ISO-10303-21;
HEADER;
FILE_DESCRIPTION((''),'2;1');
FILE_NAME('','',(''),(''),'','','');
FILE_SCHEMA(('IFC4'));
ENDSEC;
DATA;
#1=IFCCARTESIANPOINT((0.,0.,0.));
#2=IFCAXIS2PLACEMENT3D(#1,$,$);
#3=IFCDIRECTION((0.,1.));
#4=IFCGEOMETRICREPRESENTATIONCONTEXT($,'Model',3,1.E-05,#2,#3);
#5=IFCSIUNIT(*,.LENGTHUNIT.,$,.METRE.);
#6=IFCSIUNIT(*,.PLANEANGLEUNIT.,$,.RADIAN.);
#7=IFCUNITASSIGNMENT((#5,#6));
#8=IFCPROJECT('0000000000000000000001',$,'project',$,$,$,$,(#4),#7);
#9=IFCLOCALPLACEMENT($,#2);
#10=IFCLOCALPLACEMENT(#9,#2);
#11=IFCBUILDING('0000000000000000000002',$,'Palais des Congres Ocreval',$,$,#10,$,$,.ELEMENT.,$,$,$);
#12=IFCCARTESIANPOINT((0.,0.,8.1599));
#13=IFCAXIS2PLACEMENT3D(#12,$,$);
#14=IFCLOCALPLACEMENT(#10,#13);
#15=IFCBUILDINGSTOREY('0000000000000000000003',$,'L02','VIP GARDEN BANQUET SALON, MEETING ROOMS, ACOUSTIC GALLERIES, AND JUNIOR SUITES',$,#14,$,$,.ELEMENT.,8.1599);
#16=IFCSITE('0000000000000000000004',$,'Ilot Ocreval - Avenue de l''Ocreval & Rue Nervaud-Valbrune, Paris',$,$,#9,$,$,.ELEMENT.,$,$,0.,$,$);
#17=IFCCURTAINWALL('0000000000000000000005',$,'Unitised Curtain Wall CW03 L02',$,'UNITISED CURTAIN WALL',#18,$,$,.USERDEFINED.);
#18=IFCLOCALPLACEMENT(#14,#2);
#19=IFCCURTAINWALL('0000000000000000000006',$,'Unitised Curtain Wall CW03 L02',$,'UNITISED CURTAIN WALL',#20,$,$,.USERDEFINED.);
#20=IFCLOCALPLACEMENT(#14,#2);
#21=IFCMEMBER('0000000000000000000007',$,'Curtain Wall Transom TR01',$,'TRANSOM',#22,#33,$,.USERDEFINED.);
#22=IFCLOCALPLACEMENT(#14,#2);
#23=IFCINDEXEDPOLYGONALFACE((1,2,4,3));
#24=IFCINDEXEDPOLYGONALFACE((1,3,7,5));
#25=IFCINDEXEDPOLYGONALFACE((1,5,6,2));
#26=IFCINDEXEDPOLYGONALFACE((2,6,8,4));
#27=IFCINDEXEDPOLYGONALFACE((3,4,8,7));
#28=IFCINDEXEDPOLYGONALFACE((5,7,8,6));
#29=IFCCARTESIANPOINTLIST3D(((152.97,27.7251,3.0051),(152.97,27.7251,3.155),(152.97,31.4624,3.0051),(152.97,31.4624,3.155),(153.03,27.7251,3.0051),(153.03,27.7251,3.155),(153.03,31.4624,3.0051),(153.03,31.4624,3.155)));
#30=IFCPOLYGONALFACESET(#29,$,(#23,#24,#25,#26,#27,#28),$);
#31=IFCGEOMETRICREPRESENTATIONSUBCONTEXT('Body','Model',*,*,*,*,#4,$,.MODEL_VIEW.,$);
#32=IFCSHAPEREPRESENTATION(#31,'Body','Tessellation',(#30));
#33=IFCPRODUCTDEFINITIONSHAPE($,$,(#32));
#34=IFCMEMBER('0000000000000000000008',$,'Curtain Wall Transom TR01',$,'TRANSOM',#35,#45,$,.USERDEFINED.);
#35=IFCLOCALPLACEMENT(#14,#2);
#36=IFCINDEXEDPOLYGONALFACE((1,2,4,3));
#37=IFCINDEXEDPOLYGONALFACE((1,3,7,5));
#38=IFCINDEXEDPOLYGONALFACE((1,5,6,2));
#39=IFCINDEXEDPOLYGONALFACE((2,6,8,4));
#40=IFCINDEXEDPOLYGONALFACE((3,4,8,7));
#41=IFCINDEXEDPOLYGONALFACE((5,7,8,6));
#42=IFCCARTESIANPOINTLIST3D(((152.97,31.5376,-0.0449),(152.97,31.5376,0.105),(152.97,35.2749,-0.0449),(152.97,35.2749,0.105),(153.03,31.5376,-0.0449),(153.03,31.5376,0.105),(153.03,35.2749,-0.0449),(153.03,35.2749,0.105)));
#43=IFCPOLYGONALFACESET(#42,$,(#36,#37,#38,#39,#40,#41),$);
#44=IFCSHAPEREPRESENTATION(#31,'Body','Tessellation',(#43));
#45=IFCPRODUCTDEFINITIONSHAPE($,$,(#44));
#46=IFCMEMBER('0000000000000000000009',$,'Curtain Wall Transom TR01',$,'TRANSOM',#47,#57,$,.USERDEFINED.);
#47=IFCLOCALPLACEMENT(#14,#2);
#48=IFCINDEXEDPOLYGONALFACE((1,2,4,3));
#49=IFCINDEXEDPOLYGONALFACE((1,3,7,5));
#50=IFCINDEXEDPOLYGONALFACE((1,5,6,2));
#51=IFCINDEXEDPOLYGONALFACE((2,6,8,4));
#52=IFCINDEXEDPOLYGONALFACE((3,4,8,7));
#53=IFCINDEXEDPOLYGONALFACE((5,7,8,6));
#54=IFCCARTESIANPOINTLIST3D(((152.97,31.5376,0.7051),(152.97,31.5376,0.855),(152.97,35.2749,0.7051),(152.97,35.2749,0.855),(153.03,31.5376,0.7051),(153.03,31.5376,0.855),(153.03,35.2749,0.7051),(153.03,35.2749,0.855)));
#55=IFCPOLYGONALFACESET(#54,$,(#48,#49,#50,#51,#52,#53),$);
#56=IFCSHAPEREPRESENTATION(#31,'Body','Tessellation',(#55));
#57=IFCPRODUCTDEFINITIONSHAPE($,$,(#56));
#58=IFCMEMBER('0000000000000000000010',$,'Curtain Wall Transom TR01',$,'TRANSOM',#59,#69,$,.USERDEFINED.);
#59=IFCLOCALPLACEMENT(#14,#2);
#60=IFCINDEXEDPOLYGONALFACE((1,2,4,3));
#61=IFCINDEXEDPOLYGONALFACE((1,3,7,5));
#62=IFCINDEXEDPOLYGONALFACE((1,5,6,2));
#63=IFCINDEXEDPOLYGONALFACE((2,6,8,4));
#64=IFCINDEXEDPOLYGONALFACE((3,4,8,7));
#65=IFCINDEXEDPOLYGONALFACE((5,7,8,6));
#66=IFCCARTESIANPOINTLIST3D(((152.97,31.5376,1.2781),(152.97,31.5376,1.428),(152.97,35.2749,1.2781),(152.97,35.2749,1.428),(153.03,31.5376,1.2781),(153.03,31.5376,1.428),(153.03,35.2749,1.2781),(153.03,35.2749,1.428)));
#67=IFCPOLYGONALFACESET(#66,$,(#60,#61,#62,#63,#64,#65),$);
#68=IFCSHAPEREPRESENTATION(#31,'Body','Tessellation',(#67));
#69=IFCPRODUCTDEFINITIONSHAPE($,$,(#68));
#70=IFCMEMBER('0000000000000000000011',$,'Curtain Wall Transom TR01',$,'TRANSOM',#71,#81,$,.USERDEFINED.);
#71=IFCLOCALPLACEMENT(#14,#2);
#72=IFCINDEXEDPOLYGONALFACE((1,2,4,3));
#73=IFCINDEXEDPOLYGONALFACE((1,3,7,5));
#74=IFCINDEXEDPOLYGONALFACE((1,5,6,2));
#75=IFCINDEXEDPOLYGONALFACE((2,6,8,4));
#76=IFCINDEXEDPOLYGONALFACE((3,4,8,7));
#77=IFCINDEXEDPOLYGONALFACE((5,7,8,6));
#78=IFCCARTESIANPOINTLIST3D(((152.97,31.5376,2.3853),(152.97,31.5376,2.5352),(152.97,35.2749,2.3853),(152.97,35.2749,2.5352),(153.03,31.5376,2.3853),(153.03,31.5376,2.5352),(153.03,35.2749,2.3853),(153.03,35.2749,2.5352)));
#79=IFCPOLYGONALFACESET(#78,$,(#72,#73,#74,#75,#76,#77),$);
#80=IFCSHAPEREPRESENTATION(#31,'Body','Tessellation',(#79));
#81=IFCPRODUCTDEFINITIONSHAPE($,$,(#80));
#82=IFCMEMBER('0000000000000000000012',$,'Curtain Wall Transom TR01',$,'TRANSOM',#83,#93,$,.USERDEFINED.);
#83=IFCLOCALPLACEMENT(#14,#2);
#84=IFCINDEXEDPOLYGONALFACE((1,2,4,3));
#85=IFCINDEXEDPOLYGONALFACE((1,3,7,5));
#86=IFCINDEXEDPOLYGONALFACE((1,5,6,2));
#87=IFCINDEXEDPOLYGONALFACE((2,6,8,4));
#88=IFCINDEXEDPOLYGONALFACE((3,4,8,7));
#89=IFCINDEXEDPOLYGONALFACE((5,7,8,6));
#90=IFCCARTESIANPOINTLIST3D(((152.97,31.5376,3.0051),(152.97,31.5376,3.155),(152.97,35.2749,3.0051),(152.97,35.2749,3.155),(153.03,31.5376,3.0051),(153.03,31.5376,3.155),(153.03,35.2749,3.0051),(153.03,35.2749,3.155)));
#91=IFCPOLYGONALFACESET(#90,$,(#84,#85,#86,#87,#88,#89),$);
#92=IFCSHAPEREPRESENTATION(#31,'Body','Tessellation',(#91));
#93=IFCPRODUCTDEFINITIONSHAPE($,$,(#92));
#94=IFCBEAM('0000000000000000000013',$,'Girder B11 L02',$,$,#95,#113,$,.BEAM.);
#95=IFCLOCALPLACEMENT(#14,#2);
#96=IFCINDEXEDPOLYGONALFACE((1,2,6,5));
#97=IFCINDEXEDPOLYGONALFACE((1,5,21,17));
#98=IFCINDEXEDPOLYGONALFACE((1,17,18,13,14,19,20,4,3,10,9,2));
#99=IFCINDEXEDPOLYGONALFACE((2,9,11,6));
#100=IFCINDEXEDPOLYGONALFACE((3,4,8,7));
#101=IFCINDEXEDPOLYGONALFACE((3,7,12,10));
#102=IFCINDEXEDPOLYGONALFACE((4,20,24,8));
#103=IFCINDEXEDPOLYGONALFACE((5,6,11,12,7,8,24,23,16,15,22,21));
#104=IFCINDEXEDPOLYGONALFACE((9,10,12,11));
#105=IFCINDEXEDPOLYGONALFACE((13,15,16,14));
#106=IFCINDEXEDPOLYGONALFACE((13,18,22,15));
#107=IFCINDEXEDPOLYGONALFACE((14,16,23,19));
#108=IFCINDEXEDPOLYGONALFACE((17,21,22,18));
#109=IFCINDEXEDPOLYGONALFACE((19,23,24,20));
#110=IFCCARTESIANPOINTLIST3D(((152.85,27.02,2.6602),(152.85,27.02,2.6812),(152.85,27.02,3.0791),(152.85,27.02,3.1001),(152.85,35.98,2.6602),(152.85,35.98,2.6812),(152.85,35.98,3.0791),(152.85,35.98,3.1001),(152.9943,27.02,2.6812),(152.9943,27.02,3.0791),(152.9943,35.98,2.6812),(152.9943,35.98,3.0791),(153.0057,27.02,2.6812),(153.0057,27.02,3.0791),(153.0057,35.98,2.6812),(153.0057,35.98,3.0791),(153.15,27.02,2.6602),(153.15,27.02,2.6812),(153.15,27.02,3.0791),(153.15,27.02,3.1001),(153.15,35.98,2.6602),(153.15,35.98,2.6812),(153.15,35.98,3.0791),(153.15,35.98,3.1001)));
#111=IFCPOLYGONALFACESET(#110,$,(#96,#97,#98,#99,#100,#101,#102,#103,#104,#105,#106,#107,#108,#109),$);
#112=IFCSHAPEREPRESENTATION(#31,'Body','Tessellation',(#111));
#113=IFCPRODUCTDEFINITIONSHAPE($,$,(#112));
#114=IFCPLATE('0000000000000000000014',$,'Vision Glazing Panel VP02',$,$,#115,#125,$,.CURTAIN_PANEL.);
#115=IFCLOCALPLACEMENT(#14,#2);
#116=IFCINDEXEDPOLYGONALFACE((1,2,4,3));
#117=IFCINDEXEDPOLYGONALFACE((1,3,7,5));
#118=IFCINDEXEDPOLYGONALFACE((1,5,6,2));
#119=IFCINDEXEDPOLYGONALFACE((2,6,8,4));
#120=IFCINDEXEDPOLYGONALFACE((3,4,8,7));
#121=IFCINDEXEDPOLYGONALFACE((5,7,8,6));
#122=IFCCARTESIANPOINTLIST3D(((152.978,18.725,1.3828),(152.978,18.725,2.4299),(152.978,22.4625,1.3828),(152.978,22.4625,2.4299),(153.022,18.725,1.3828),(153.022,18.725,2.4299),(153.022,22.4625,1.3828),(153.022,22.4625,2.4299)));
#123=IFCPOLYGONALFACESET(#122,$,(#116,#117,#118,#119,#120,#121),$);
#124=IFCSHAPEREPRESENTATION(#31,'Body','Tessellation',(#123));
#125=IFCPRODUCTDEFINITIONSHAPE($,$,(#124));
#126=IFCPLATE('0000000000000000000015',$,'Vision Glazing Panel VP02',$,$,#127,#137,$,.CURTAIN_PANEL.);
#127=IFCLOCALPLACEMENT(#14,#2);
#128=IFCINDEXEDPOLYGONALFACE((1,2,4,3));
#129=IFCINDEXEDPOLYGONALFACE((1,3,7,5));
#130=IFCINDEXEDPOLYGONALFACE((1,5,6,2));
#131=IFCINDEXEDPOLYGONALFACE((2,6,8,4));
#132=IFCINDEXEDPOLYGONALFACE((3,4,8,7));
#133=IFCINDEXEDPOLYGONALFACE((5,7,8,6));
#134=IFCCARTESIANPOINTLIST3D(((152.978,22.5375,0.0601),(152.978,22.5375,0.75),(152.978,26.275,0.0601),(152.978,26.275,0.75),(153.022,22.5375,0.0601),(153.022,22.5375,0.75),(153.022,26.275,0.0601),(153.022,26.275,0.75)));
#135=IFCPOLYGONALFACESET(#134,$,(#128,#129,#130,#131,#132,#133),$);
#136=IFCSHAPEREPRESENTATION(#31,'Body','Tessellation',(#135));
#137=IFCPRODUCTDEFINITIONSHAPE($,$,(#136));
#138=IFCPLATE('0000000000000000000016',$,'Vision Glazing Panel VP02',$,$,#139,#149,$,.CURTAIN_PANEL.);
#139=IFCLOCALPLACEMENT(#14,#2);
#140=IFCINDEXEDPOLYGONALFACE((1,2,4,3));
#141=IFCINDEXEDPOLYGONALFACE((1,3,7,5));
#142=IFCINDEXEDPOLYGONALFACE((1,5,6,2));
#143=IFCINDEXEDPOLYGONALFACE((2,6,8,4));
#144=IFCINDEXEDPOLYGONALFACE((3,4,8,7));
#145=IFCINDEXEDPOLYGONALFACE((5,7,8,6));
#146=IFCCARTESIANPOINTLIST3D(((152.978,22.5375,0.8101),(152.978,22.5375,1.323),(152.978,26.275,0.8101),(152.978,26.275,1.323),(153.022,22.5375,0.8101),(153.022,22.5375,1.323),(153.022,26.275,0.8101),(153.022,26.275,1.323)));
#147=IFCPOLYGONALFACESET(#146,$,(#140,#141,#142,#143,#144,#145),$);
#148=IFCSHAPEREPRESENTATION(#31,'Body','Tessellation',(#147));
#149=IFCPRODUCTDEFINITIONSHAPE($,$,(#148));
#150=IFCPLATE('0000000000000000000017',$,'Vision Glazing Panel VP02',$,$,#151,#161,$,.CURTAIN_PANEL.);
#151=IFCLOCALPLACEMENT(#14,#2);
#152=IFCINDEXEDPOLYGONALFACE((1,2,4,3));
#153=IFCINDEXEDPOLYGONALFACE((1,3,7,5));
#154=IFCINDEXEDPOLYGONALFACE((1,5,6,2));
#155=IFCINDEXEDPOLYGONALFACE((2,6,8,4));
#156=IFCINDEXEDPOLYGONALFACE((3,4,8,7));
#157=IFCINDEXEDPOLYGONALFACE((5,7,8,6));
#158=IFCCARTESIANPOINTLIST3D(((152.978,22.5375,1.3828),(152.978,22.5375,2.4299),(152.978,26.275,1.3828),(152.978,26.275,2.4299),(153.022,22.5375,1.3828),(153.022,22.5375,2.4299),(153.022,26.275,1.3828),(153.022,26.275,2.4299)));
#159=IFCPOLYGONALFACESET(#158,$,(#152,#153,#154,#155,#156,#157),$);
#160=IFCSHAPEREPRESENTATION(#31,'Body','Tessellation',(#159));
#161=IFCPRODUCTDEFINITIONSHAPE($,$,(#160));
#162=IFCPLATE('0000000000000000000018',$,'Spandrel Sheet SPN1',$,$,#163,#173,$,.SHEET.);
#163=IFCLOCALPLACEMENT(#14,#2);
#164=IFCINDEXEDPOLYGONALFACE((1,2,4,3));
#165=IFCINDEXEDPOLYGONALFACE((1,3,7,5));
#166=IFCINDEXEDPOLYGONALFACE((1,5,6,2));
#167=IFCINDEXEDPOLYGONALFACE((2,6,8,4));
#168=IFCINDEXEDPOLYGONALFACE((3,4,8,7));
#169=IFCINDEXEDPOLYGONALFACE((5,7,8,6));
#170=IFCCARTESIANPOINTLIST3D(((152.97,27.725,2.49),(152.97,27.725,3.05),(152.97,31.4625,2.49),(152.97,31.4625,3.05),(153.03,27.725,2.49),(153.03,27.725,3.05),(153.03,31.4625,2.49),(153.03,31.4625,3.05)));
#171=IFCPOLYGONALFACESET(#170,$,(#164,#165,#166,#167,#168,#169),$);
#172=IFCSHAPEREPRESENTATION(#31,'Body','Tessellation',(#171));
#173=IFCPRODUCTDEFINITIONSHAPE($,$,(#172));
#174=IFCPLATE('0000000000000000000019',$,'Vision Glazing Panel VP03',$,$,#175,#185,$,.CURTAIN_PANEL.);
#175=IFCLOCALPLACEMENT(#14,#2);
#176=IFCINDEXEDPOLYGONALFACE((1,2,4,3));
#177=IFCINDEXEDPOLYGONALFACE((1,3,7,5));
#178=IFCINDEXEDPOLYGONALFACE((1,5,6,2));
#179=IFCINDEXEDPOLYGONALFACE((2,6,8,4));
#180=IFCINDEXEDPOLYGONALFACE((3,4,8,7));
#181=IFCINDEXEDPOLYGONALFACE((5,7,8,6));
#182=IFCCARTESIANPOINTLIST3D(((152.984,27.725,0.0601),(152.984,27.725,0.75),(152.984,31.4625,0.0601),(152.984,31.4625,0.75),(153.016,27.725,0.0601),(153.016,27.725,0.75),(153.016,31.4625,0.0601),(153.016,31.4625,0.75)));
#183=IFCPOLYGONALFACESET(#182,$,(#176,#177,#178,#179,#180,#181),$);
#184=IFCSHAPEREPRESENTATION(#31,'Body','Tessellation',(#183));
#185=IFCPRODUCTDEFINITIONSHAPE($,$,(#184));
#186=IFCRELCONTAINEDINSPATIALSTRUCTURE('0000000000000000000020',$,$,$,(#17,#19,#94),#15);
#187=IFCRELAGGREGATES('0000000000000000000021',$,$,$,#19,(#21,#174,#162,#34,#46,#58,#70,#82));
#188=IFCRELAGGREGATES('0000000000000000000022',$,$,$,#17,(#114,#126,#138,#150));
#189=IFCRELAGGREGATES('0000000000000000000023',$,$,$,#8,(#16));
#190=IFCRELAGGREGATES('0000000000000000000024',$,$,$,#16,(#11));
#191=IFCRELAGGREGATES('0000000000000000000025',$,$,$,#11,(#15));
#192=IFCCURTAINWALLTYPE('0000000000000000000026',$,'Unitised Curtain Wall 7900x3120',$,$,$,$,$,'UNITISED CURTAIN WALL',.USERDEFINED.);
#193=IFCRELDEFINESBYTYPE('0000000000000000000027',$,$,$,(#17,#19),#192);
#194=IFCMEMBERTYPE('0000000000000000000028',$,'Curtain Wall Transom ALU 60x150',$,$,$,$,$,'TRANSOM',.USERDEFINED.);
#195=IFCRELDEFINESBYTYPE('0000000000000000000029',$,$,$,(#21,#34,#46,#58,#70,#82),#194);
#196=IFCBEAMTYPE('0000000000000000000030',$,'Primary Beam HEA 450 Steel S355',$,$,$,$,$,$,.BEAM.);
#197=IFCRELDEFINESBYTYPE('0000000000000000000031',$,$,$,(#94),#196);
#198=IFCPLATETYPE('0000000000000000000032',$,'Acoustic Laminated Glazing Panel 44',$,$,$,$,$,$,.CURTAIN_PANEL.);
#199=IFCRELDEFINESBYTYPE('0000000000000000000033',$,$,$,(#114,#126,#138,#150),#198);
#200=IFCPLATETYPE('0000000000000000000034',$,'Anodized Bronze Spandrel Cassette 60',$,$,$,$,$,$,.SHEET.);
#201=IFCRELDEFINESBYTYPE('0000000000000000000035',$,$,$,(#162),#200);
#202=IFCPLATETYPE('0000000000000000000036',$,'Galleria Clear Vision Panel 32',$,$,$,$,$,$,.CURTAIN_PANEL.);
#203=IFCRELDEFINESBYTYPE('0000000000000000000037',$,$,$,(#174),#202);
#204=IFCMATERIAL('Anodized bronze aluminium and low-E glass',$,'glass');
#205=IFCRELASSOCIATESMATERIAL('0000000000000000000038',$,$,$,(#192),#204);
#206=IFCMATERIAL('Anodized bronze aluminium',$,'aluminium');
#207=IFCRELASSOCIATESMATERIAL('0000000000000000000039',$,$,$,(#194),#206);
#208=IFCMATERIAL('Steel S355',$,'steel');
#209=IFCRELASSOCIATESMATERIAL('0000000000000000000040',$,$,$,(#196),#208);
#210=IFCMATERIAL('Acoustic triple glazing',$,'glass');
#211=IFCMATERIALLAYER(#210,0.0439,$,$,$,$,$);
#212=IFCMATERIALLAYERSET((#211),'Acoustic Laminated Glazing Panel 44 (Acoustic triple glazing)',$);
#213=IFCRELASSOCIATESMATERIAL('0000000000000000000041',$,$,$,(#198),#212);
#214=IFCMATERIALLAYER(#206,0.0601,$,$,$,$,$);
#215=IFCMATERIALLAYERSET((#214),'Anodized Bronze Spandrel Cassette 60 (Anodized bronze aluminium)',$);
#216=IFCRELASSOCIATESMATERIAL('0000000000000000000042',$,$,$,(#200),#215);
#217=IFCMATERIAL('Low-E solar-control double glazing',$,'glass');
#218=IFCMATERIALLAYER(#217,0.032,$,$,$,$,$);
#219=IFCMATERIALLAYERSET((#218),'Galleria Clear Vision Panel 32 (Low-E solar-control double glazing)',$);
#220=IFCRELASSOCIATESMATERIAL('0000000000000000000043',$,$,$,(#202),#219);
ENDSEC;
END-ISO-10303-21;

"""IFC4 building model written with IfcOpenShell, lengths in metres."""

from ifc_helpers import new_model, si_unit, direction, frame, origin, origin_2d, place, context, subcontext, project, spatial, rectangle, i_section, extrude, material, layer, layer_set, material_profile, profile_set, type_object, element, aggregate, save


model = new_model("IFC4")

# Units and contexts
model_context = context("Model", 3, precision=1e-05, world=origin(), true_north=direction((0.0, 1.0)))
body_context = subcontext(model_context, "Body", "Model", "MODEL_VIEW")
ifc_project = project(units=[si_unit("LENGTHUNIT", "METRE"), si_unit("PLANEANGLEUNIT", "RADIAN")], contexts=[model_context])

# Site, building, storey
site_placement = place(None, origin())
site = spatial("IfcSite", under=ifc_project, at=site_placement, Name="Ilot Ocreval - Avenue de l'Ocreval & Rue Nervaud-Valbrune, Paris", CompositionType="ELEMENT", RefElevation=0.0)
building_placement = place(site_placement, origin())
building = spatial("IfcBuilding", under=site, at=building_placement, Name="Palais des Congres Ocreval", CompositionType="ELEMENT")
storey_placement = place(building_placement, frame((0.0, 0.0, 8.1599)))
storey = spatial("IfcBuildingStorey", under=building, at=storey_placement, Name="L02", Description="VIP GARDEN BANQUET SALON, MEETING ROOMS, ACOUSTIC GALLERIES, AND JUNIOR SUITES", CompositionType="ELEMENT", Elevation=8.1599)

# Shared definitions
ifc_material_1 = material(Name="Steel S355", Category="steel")

# Curtain walls
ifc_material_2 = material(Name="Anodized bronze aluminium and low-E glass", Category="glass")
curtain_wall_type = type_object("IfcCurtainWallType", Name="Unitised Curtain Wall 7900x3120", ElementType="UNITISED CURTAIN WALL", PredefinedType="USERDEFINED", material=ifc_material_2)
curtain_wall_1_placement = place(storey_placement, origin())
curtain_wall_1 = element("IfcCurtainWall", 1, at=curtain_wall_1_placement, inside=storey, type_object=curtain_wall_type, Name="Unitised Curtain Wall CW03 L02", ObjectType="UNITISED CURTAIN WALL", PredefinedType="USERDEFINED")
ifc_material_3 = material(Name="Anodized bronze aluminium", Category="aluminium")
curtain_wall_2_placement = place(storey_placement, origin())
curtain_wall_2 = element("IfcCurtainWall", 2, at=curtain_wall_2_placement, inside=storey, type_object=curtain_wall_type, Name="Unitised Curtain Wall CW03 L02", ObjectType="UNITISED CURTAIN WALL", PredefinedType="USERDEFINED")

# Members
ifc_material_profile_1 = material_profile(ifc_material_3, rectangle(XDim=0.0601, YDim=0.1499, at=origin_2d()), Name="ALU 60x150")
ifc_profile_set_1 = profile_set([ifc_material_profile_1], Name="Anodized bronze aluminium")
member_type_1 = type_object("IfcMemberType", Name="Curtain Wall Transom ALU 60x150", ElementType="TRANSOM", PredefinedType="USERDEFINED", material=ifc_profile_set_1)
member_1_placement = place(storey_placement, frame((153.0, 27.7251, 3.0801), z_axis=(0.0, 1.0, 0.0), x_axis=(-1.0, 0.0, 0.0)))
member_1 = element("IfcMember", 3, at=member_1_placement, type_object=member_type_1, Name="Curtain Wall Transom TR01", ObjectType="TRANSOM", PredefinedType="USERDEFINED", context=body_context, shape_type="SweptSolid", body=[
    extrude(rectangle(XDim=0.0601, YDim=0.1499, at=origin_2d()), origin(), (0.0, 0.0, 1.0), 3.7373),
])
member_2_placement = place(storey_placement, frame((153.0, 31.5376, 0.03), z_axis=(0.0, 1.0, 0.0), x_axis=(-1.0, 0.0, 0.0)))
member_2 = element("IfcMember", 4, at=member_2_placement, type_object=member_type_1, Name="Curtain Wall Transom TR01", ObjectType="TRANSOM", PredefinedType="USERDEFINED", context=body_context, shape_type="SweptSolid", body=[
    extrude(rectangle(XDim=0.0601, YDim=0.1499, at=origin_2d()), origin(), (0.0, 0.0, 1.0), 3.7373),
])
member_3_placement = place(storey_placement, frame((153.0, 31.5376, 0.78), z_axis=(0.0, 1.0, 0.0), x_axis=(-1.0, 0.0, 0.0)))
member_3 = element("IfcMember", 5, at=member_3_placement, type_object=member_type_1, Name="Curtain Wall Transom TR01", ObjectType="TRANSOM", PredefinedType="USERDEFINED", context=body_context, shape_type="SweptSolid", body=[
    extrude(rectangle(XDim=0.0601, YDim=0.1499, at=origin_2d()), origin(), (0.0, 0.0, 1.0), 3.7373),
])
member_4_placement = place(storey_placement, frame((153.0, 31.5376, 1.353), z_axis=(0.0, 1.0, 0.0), x_axis=(-1.0, 0.0, 0.0)))
member_4 = element("IfcMember", 6, at=member_4_placement, type_object=member_type_1, Name="Curtain Wall Transom TR01", ObjectType="TRANSOM", PredefinedType="USERDEFINED", context=body_context, shape_type="SweptSolid", body=[
    extrude(rectangle(XDim=0.0601, YDim=0.1499, at=origin_2d()), origin(), (0.0, 0.0, 1.0), 3.7373),
])
member_5_placement = place(storey_placement, frame((153.0, 31.5376, 2.4602), z_axis=(0.0, 1.0, 0.0), x_axis=(-1.0, 0.0, 0.0)))
member_5 = element("IfcMember", 7, at=member_5_placement, type_object=member_type_1, Name="Curtain Wall Transom TR01", ObjectType="TRANSOM", PredefinedType="USERDEFINED", context=body_context, shape_type="SweptSolid", body=[
    extrude(rectangle(XDim=0.0601, YDim=0.1499, at=origin_2d()), origin(), (0.0, 0.0, 1.0), 3.7373),
])
member_6_placement = place(storey_placement, frame((153.0, 31.5376, 3.0801), z_axis=(0.0, 1.0, 0.0), x_axis=(-1.0, 0.0, 0.0)))
member_6 = element("IfcMember", 8, at=member_6_placement, type_object=member_type_1, Name="Curtain Wall Transom TR01", ObjectType="TRANSOM", PredefinedType="USERDEFINED", context=body_context, shape_type="SweptSolid", body=[
    extrude(rectangle(XDim=0.0601, YDim=0.1499, at=origin_2d()), origin(), (0.0, 0.0, 1.0), 3.7373),
])

# Beam
ifc_material_profile_2 = material_profile(ifc_material_1, i_section(OverallWidth=0.3, OverallDepth=0.4399, WebThickness=0.0115, FlangeThickness=0.021, at=origin_2d()), Name="HEA 450")
ifc_profile_set_2 = profile_set([ifc_material_profile_2], Name="Steel S355")
beam_type = type_object("IfcBeamType", Name="Primary Beam HEA 450 Steel S355", PredefinedType="BEAM", material=ifc_profile_set_2)
beam_placement = place(storey_placement, frame((153.0, 27.02, 2.8801), z_axis=(0.0, 1.0, 0.0), x_axis=(-1.0, 0.0, 0.0)))
element("IfcBeam", 9, at=beam_placement, inside=storey, type_object=beam_type, Name="Girder B11 L02", PredefinedType="BEAM", context=body_context, shape_type="SweptSolid", body=[
    extrude(i_section(OverallWidth=0.3, OverallDepth=0.4399, WebThickness=0.0115, FlangeThickness=0.021, at=origin_2d()), origin(), (0.0, 0.0, 1.0), 8.96),
])

# Plates
ifc_material_4 = material(Name="Acoustic triple glazing", Category="glass")
ifc_layer_1 = layer(ifc_material_4, 0.0439)
ifc_layer_set_1 = layer_set([ifc_layer_1], Name="Acoustic Laminated Glazing Panel 44 (Acoustic triple glazing)")
plate_type_1 = type_object("IfcPlateType", Name="Acoustic Laminated Glazing Panel 44", PredefinedType="CURTAIN_PANEL", material=ifc_layer_set_1)
plate_1_placement = place(storey_placement, frame((153.0, 20.5938, 1.3828), z_axis=(0.0, 0.0, 1.0), x_axis=(0.0, 1.0, 0.0)))
plate_1 = element("IfcPlate", 10, at=plate_1_placement, type_object=plate_type_1, Name="Vision Glazing Panel VP02", PredefinedType="CURTAIN_PANEL", context=body_context, shape_type="SweptSolid", body=[
    extrude(rectangle(XDim=3.7375, YDim=0.0439, at=origin_2d()), origin(), (0.0, 0.0, 1.0), 1.0471),
])
plate_2_placement = place(storey_placement, frame((153.0, 24.4062, 0.0601), z_axis=(0.0, 0.0, 1.0), x_axis=(0.0, 1.0, 0.0)))
plate_2 = element("IfcPlate", 11, at=plate_2_placement, type_object=plate_type_1, Name="Vision Glazing Panel VP02", PredefinedType="CURTAIN_PANEL", context=body_context, shape_type="SweptSolid", body=[
    extrude(rectangle(XDim=3.7375, YDim=0.0439, at=origin_2d()), origin(), (0.0, 0.0, 1.0), 0.6899),
])
plate_3_placement = place(storey_placement, frame((153.0, 24.4062, 0.8101), z_axis=(0.0, 0.0, 1.0), x_axis=(0.0, 1.0, 0.0)))
plate_3 = element("IfcPlate", 12, at=plate_3_placement, type_object=plate_type_1, Name="Vision Glazing Panel VP02", PredefinedType="CURTAIN_PANEL", context=body_context, shape_type="SweptSolid", body=[
    extrude(rectangle(XDim=3.7375, YDim=0.0439, at=origin_2d()), origin(), (0.0, 0.0, 1.0), 0.5129),
])
plate_4_placement = place(storey_placement, frame((153.0, 24.4062, 1.3828), z_axis=(0.0, 0.0, 1.0), x_axis=(0.0, 1.0, 0.0)))
plate_4 = element("IfcPlate", 13, at=plate_4_placement, type_object=plate_type_1, Name="Vision Glazing Panel VP02", PredefinedType="CURTAIN_PANEL", context=body_context, shape_type="SweptSolid", body=[
    extrude(rectangle(XDim=3.7375, YDim=0.0439, at=origin_2d()), origin(), (0.0, 0.0, 1.0), 1.0471),
])
ifc_layer_2 = layer(ifc_material_3, 0.0601)
ifc_layer_set_2 = layer_set([ifc_layer_2], Name="Anodized Bronze Spandrel Cassette 60 (Anodized bronze aluminium)")
plate_type_2 = type_object("IfcPlateType", Name="Anodized Bronze Spandrel Cassette 60", PredefinedType="SHEET", material=ifc_layer_set_2)
plate_5_placement = place(storey_placement, frame((153.0, 29.5938, 2.49), z_axis=(0.0, 0.0, 1.0), x_axis=(0.0, 1.0, 0.0)))
plate_5 = element("IfcPlate", 14, at=plate_5_placement, type_object=plate_type_2, Name="Spandrel Sheet SPN1", PredefinedType="SHEET", context=body_context, shape_type="SweptSolid", body=[
    extrude(rectangle(XDim=3.7375, YDim=0.0601, at=origin_2d()), origin(), (0.0, 0.0, 1.0), 0.5601),
])
ifc_material_5 = material(Name="Low-E solar-control double glazing", Category="glass")
ifc_layer_3 = layer(ifc_material_5, 0.032)
ifc_layer_set_3 = layer_set([ifc_layer_3], Name="Galleria Clear Vision Panel 32 (Low-E solar-control double glazing)")
plate_type_3 = type_object("IfcPlateType", Name="Galleria Clear Vision Panel 32", PredefinedType="CURTAIN_PANEL", material=ifc_layer_set_3)
plate_6_placement = place(storey_placement, frame((153.0, 29.5938, 0.0601), z_axis=(0.0, 0.0, 1.0), x_axis=(0.0, 1.0, 0.0)))
plate_6 = element("IfcPlate", 15, at=plate_6_placement, type_object=plate_type_3, Name="Vision Glazing Panel VP03", PredefinedType="CURTAIN_PANEL", context=body_context, shape_type="SweptSolid", body=[
    extrude(rectangle(XDim=3.7375, YDim=0.032, at=origin_2d()), origin(), (0.0, 0.0, 1.0), 0.6899),
])
aggregate(curtain_wall_2, [member_1, plate_6, plate_5, member_2, member_3, member_4, member_5, member_6])
aggregate(curtain_wall_1, [plate_1, plate_2, plate_3, plate_4])

save(model, "model.ifc")
